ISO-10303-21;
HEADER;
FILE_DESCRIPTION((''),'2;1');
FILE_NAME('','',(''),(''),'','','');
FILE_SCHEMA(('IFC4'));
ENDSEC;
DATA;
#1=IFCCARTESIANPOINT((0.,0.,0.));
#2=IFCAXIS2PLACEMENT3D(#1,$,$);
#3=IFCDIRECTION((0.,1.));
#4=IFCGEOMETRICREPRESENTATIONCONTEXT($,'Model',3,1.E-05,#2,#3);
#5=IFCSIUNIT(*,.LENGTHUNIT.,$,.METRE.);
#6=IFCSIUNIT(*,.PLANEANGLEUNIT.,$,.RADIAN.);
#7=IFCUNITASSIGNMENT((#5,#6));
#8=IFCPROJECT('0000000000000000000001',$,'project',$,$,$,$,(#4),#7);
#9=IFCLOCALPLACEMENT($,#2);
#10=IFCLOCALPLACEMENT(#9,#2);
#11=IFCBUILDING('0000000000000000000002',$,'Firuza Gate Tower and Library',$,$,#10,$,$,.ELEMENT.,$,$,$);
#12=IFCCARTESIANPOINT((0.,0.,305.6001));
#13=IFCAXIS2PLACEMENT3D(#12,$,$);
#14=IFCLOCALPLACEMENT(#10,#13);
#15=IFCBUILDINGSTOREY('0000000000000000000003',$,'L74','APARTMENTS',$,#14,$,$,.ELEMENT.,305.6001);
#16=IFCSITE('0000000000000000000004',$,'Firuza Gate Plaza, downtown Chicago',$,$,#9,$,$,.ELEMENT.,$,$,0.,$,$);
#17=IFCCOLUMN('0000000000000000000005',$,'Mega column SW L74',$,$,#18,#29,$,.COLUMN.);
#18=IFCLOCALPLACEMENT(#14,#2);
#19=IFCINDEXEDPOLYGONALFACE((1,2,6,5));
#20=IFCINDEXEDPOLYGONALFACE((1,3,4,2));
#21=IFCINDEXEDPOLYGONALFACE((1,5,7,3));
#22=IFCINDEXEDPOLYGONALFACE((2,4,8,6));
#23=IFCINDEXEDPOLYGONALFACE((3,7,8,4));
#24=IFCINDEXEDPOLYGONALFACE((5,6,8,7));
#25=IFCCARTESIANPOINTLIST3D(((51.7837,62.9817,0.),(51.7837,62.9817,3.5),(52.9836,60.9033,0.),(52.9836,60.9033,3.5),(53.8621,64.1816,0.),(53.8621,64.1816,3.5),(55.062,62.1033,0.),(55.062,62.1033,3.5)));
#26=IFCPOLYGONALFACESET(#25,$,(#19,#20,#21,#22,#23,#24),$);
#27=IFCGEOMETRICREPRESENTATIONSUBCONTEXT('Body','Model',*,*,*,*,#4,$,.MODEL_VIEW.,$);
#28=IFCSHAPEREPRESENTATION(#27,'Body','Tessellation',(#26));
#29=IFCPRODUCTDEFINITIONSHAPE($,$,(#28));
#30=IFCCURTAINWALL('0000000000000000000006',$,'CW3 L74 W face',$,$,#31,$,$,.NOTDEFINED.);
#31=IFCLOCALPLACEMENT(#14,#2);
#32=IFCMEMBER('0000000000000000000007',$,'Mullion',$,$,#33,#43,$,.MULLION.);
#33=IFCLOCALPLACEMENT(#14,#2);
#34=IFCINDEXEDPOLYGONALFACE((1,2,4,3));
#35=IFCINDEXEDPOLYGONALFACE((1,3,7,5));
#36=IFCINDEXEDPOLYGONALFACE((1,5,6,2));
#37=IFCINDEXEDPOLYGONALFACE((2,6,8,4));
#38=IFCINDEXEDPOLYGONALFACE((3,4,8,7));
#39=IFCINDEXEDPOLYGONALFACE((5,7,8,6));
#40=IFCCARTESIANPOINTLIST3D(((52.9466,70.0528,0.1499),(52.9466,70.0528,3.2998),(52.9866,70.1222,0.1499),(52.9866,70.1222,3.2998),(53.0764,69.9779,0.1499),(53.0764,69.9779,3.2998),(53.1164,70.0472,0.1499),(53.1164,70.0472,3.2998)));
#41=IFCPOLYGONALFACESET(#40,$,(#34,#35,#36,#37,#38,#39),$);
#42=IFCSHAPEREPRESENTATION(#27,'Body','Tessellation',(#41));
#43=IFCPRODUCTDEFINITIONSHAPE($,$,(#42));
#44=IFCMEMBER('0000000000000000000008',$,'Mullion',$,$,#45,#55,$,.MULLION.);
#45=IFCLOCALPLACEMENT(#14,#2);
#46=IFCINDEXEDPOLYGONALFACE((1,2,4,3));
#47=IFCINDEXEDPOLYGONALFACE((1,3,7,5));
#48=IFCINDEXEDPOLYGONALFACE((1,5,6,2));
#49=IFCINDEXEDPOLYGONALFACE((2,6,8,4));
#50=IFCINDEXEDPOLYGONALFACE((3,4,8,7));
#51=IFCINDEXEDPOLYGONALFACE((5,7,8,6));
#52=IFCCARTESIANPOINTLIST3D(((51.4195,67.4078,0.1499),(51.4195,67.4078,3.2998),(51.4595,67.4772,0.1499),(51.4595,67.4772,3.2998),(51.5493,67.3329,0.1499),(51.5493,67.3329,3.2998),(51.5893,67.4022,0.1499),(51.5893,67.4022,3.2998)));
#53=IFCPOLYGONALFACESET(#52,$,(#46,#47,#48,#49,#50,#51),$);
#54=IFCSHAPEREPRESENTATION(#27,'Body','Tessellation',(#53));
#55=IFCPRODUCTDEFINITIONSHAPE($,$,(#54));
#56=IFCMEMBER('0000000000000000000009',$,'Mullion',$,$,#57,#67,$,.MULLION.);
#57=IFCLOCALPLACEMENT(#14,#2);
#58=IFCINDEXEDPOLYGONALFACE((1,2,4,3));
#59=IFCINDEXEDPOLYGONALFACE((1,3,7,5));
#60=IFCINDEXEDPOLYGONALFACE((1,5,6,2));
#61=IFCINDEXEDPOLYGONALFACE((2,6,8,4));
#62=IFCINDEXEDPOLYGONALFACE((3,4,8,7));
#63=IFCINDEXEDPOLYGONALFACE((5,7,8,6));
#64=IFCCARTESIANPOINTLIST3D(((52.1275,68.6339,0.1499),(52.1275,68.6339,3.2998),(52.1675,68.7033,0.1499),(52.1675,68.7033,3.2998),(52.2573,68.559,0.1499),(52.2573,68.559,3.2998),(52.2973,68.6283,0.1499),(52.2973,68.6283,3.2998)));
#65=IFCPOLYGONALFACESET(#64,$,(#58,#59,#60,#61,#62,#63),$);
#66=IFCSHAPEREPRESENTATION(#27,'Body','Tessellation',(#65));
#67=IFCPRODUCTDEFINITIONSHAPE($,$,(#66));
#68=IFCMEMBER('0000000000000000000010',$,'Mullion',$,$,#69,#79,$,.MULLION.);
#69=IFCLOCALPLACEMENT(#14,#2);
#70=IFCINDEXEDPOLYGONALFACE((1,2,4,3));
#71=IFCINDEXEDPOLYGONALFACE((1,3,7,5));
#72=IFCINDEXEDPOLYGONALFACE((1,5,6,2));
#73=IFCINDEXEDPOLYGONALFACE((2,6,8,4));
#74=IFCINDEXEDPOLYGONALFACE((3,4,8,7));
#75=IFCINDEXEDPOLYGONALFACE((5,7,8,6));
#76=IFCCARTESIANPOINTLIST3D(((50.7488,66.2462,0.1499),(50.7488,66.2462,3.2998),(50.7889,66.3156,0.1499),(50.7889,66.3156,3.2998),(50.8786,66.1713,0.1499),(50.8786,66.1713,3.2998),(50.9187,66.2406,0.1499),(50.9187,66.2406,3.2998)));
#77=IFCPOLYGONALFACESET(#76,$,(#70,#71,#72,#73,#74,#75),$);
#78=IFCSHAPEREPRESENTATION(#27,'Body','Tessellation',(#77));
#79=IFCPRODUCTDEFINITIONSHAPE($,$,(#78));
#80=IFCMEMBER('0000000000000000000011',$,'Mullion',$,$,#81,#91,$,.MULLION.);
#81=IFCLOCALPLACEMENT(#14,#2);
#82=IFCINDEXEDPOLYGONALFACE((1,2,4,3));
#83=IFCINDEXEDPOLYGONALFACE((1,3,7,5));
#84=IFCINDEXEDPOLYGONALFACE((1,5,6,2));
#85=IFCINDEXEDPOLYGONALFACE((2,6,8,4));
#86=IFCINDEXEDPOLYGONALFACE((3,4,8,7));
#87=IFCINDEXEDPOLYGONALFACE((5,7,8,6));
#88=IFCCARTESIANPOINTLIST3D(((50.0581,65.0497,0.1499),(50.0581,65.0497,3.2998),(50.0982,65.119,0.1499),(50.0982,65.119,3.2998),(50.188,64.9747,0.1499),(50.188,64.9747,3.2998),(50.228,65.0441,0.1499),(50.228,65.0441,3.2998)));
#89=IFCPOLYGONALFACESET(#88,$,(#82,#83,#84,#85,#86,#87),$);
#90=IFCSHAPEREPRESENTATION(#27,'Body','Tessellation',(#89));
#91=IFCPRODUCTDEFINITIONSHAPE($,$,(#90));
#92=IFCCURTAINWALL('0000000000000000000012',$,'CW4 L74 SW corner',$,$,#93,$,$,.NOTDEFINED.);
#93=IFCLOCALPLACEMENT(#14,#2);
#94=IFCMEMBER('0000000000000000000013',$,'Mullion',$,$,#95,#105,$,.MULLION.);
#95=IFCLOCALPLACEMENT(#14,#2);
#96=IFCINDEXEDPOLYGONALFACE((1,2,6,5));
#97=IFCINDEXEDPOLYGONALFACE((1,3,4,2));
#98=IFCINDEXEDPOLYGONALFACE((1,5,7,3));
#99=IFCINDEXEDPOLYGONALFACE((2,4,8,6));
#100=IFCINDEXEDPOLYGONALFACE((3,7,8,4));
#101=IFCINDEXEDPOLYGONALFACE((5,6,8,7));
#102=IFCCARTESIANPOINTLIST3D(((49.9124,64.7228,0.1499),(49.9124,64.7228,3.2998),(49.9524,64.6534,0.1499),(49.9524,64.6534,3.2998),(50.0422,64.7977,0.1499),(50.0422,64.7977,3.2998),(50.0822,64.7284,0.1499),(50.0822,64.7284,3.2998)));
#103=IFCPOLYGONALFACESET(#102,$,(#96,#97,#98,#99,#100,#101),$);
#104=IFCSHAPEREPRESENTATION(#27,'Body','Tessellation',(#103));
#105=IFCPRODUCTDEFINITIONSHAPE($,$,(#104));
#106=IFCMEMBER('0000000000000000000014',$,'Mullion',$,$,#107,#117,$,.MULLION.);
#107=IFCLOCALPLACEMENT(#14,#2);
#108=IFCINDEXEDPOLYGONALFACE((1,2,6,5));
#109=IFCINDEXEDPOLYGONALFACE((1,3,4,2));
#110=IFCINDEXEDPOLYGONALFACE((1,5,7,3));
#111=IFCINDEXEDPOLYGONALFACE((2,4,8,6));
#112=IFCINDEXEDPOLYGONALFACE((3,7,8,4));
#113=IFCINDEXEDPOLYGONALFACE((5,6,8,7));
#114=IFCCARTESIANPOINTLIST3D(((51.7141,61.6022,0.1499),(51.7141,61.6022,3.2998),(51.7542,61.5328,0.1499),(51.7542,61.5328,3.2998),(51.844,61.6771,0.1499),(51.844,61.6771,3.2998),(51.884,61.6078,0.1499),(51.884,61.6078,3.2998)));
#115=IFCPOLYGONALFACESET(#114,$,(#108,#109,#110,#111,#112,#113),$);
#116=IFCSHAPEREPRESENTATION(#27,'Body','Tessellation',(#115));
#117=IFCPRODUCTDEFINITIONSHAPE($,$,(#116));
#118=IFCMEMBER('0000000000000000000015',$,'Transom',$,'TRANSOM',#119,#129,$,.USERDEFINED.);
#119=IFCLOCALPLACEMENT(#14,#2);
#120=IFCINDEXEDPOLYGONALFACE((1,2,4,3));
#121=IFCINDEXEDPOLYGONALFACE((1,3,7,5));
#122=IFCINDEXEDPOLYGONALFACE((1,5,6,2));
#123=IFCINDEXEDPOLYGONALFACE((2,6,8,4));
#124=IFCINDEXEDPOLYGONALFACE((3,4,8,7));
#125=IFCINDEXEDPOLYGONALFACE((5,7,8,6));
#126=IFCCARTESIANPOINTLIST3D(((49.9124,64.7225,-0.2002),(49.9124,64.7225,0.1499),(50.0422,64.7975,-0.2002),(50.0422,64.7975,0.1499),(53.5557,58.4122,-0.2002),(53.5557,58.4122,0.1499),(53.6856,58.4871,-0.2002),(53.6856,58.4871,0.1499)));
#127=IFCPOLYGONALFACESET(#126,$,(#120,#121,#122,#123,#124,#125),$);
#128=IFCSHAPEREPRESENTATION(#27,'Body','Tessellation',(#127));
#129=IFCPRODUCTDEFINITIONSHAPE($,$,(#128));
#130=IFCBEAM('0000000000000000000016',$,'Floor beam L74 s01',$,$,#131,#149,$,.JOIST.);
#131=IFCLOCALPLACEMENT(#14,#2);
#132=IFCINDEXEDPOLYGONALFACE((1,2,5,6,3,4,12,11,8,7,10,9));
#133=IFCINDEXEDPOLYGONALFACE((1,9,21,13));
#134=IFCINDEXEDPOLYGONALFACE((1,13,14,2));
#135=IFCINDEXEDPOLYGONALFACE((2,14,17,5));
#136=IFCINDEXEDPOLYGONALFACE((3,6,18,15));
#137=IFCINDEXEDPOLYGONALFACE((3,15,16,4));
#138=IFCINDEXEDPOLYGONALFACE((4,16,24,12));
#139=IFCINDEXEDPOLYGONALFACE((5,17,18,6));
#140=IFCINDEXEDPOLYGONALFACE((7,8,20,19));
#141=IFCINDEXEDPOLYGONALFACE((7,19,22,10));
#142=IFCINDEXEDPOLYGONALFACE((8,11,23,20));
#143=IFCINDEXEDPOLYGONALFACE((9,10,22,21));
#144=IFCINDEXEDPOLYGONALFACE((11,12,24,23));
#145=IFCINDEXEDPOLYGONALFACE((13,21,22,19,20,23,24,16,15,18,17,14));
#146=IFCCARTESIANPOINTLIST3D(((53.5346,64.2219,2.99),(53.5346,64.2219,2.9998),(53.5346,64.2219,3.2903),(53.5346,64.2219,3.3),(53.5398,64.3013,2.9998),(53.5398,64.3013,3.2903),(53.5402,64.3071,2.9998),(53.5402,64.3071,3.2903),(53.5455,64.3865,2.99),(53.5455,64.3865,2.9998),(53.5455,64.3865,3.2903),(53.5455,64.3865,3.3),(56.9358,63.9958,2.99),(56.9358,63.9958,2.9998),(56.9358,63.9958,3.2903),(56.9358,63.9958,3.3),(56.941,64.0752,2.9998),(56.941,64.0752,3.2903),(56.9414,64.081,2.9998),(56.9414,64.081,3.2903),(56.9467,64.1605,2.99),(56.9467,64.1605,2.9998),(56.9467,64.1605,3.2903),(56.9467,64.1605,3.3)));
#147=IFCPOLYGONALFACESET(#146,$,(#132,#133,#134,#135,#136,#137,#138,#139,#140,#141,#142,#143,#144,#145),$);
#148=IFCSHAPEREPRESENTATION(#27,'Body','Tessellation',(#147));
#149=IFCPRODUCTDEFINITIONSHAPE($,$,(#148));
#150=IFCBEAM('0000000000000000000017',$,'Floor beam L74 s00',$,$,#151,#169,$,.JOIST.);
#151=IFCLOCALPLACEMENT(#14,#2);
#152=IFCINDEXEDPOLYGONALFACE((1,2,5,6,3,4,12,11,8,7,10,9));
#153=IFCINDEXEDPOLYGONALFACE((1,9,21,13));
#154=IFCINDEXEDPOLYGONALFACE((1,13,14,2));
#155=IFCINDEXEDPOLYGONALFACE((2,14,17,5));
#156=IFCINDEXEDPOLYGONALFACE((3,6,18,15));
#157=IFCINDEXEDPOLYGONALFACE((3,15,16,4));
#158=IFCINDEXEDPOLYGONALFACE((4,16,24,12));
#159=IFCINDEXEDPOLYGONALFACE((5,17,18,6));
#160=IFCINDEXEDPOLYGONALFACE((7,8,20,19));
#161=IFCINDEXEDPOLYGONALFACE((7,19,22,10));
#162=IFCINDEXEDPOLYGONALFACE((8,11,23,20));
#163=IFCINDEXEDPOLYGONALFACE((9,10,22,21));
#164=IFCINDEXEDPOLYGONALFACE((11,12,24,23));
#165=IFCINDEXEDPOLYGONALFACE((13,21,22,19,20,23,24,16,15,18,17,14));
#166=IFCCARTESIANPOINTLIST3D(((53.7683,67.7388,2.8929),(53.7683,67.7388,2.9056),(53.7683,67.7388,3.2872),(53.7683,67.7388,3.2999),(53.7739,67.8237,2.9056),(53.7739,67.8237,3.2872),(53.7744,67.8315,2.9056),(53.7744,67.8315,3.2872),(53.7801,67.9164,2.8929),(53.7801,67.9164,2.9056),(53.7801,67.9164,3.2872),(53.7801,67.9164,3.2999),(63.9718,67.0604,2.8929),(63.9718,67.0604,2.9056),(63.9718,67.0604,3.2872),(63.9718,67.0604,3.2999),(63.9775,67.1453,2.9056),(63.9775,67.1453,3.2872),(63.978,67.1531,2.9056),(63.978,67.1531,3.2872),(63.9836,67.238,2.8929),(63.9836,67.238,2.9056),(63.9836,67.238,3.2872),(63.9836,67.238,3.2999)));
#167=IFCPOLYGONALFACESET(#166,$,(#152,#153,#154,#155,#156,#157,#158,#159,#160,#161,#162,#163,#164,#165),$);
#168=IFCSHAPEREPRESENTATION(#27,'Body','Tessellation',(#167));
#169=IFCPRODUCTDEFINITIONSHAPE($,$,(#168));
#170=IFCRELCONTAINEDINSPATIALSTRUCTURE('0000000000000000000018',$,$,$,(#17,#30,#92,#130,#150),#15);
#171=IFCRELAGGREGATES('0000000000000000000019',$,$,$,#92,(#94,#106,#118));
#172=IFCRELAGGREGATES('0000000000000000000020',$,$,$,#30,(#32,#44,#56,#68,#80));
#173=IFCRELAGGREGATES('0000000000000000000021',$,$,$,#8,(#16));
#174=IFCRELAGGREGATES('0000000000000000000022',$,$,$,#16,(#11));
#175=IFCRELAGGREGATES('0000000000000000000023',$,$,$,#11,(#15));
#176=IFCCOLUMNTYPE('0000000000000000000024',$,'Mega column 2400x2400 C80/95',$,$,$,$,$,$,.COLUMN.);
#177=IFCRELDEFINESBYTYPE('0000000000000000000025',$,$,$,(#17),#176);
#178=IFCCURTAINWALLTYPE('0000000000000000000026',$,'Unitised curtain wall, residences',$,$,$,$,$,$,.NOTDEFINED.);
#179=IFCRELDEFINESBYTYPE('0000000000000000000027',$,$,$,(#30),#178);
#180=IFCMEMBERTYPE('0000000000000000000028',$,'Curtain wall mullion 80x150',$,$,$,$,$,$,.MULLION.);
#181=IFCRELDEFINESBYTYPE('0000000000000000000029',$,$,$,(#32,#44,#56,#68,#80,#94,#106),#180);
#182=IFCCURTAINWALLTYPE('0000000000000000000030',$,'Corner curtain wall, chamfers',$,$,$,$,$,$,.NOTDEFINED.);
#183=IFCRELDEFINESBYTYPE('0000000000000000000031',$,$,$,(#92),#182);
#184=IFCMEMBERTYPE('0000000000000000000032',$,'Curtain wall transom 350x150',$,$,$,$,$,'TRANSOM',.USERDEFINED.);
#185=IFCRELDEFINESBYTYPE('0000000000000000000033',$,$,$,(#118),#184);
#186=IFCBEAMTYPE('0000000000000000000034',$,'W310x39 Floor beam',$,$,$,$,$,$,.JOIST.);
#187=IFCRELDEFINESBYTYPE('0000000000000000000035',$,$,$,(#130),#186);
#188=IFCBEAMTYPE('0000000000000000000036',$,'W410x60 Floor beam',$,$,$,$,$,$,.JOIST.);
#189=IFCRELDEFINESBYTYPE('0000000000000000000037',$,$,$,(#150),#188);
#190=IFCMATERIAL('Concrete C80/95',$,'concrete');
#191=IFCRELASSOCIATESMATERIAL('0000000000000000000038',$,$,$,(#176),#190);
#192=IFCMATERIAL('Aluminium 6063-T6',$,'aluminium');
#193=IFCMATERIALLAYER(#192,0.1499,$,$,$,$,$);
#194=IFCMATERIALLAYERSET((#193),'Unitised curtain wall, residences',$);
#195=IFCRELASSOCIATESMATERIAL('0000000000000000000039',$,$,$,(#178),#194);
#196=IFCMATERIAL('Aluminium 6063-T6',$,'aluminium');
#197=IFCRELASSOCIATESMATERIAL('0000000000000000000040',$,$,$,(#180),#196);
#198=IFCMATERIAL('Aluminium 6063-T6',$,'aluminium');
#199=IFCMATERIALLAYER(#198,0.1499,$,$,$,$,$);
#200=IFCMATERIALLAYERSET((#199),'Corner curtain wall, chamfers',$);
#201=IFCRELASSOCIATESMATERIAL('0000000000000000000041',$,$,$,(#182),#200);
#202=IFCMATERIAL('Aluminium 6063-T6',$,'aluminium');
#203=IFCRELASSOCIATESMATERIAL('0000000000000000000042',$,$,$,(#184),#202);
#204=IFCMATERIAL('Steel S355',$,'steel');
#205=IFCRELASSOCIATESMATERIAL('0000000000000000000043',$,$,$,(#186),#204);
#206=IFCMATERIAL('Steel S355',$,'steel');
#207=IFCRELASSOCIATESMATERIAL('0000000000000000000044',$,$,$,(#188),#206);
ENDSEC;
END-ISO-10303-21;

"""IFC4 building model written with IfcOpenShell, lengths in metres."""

from ifc_helpers import new_model, si_unit, direction, frame, origin, origin_2d, place, context, subcontext, project, spatial, rectangle, i_section, extrude, material, layer, layer_set, material_profile, profile_set, type_object, element, aggregate, save


model = new_model("IFC4")

# Units and contexts
model_context = context("Model", 3, precision=1e-05, world=origin(), true_north=direction((0.0, 1.0)))
body_context = subcontext(model_context, "Body", "Model", "MODEL_VIEW")
ifc_project = project(units=[si_unit("LENGTHUNIT", "METRE"), si_unit("PLANEANGLEUNIT", "RADIAN")], contexts=[model_context])

# Site, building, storey
site_placement = place(None, origin())
site = spatial("IfcSite", under=ifc_project, at=site_placement, Name="Firuza Gate Plaza, downtown Chicago", CompositionType="ELEMENT", RefElevation=0.0)
building_placement = place(site_placement, origin())
building = spatial("IfcBuilding", under=site, at=building_placement, Name="Firuza Gate Tower and Library", CompositionType="ELEMENT")
storey_placement = place(building_placement, frame((0.0, 0.0, 305.6001)))
storey = spatial("IfcBuildingStorey", under=building, at=storey_placement, Name="L74", Description="APARTMENTS", CompositionType="ELEMENT", Elevation=305.6001)

# Column
ifc_material_1 = material(Name="Concrete C80/95", Category="concrete")
ifc_material_profile_1 = material_profile(ifc_material_1, rectangle(XDim=2.3999, YDim=2.3999, at=origin_2d()))
ifc_profile_set_1 = profile_set([ifc_material_profile_1], Name="Concrete C80/95")
column_type = type_object("IfcColumnType", Name="Mega column 2400x2400 C80/95", PredefinedType="COLUMN", material=ifc_profile_set_1)
column_placement = place(storey_placement, frame((53.4229, 62.5425, 0.0), z_axis=(0.0, 0.0, 1.0), x_axis=(0.5, -0.866025, 0.0)))
element("IfcColumn", 1, at=column_placement, inside=storey, type_object=column_type, Name="Mega column SW L74", PredefinedType="COLUMN", context=body_context, shape_type="SweptSolid", body=[
    extrude(rectangle(XDim=2.3999, YDim=2.3999, at=origin_2d()), origin(), (0.0, 0.0, 1.0), 3.5),
])

# Curtain walls, members
ifc_material_2 = material(Name="Aluminium 6063-T6", Category="aluminium")
ifc_layer_1 = layer(ifc_material_2, 0.1499)
ifc_layer_set_1 = layer_set([ifc_layer_1], Name="Unitised curtain wall, residences")
curtain_wall_type_1 = type_object("IfcCurtainWallType", Name="Unitised curtain wall, residences", PredefinedType="NOTDEFINED", material=ifc_layer_set_1)
placement = place(storey_placement, origin())
curtain_wall_1 = element("IfcCurtainWall", 2, at=placement, inside=storey, type_object=curtain_wall_type_1, Name="CW3 L74 W face", PredefinedType="NOTDEFINED")
ifc_material_3 = material(Name="Aluminium 6063-T6", Category="aluminium")
ifc_material_profile_2 = material_profile(ifc_material_3, rectangle(XDim=0.1499, YDim=0.0801, at=origin_2d()))
ifc_profile_set_2 = profile_set([ifc_material_profile_2], Name="Aluminium 6063-T6")
member_type_1 = type_object("IfcMemberType", Name="Curtain wall mullion 80x150", PredefinedType="MULLION", material=ifc_profile_set_2)
member_1_placement = place(storey_placement, frame((53.0315, 70.05, 0.1499), z_axis=(0.0, 0.0, 1.0), x_axis=(0.866025, -0.5, 0.0)))
member_1 = element("IfcMember", 3, at=member_1_placement, type_object=member_type_1, Name="Mullion", PredefinedType="MULLION", context=body_context, shape_type="SweptSolid", body=[
    extrude(rectangle(XDim=0.1499, YDim=0.0801, at=origin_2d()), origin(), (0.0, 0.0, 1.0), 3.1499),
])
member_2_placement = place(storey_placement, frame((51.5044, 67.405, 0.1499), z_axis=(0.0, 0.0, 1.0), x_axis=(0.866025, -0.5, 0.0)))
member_2 = element("IfcMember", 4, at=member_2_placement, type_object=member_type_1, Name="Mullion", PredefinedType="MULLION", context=body_context, shape_type="SweptSolid", body=[
    extrude(rectangle(XDim=0.1499, YDim=0.0801, at=origin_2d()), origin(), (0.0, 0.0, 1.0), 3.1499),
])
member_3_placement = place(storey_placement, frame((52.2124, 68.6311, 0.1499), z_axis=(0.0, 0.0, 1.0), x_axis=(0.866025, -0.5, 0.0)))
member_3 = element("IfcMember", 5, at=member_3_placement, type_object=member_type_1, Name="Mullion", PredefinedType="MULLION", context=body_context, shape_type="SweptSolid", body=[
    extrude(rectangle(XDim=0.1499, YDim=0.0801, at=origin_2d()), origin(), (0.0, 0.0, 1.0), 3.1499),
])
member_4_placement = place(storey_placement, frame((50.8337, 66.2434, 0.1499), z_axis=(0.0, 0.0, 1.0), x_axis=(0.866025, -0.5, 0.0)))
member_4 = element("IfcMember", 6, at=member_4_placement, type_object=member_type_1, Name="Mullion", PredefinedType="MULLION", context=body_context, shape_type="SweptSolid", body=[
    extrude(rectangle(XDim=0.1499, YDim=0.0801, at=origin_2d()), origin(), (0.0, 0.0, 1.0), 3.1499),
])
member_5_placement = place(storey_placement, frame((50.1431, 65.0469, 0.1499), z_axis=(0.0, 0.0, 1.0), x_axis=(0.866025, -0.5, 0.0)))
member_5 = element("IfcMember", 7, at=member_5_placement, type_object=member_type_1, Name="Mullion", PredefinedType="MULLION", context=body_context, shape_type="SweptSolid", body=[
    extrude(rectangle(XDim=0.1499, YDim=0.0801, at=origin_2d()), origin(), (0.0, 0.0, 1.0), 3.1499),
])
ifc_material_4 = material(Name="Aluminium 6063-T6", Category="aluminium")
ifc_layer_2 = layer(ifc_material_4, 0.1499)
ifc_layer_set_2 = layer_set([ifc_layer_2], Name="Corner curtain wall, chamfers")
curtain_wall_type_2 = type_object("IfcCurtainWallType", Name="Corner curtain wall, chamfers", PredefinedType="NOTDEFINED", material=ifc_layer_set_2)
curtain_wall_2 = element("IfcCurtainWall", 8, at=placement, inside=storey, type_object=curtain_wall_type_2, Name="CW4 L74 SW corner", PredefinedType="NOTDEFINED")
member_6_placement = place(storey_placement, frame((49.9973, 64.7256, 0.1499), z_axis=(0.0, 0.0, 1.0), x_axis=(0.866025, 0.5, 0.0)))
member_6 = element("IfcMember", 9, at=member_6_placement, type_object=member_type_1, Name="Mullion", PredefinedType="MULLION", context=body_context, shape_type="SweptSolid", body=[
    extrude(rectangle(XDim=0.1499, YDim=0.0801, at=origin_2d()), origin(), (0.0, 0.0, 1.0), 3.1499),
])
member_7_placement = place(storey_placement, frame((51.7991, 61.605, 0.1499), z_axis=(0.0, 0.0, 1.0), x_axis=(0.866025, 0.5, 0.0)))
member_7 = element("IfcMember", 10, at=member_7_placement, type_object=member_type_1, Name="Mullion", PredefinedType="MULLION", context=body_context, shape_type="SweptSolid", body=[
    extrude(rectangle(XDim=0.1499, YDim=0.0801, at=origin_2d()), origin(), (0.0, 0.0, 1.0), 3.1499),
])
ifc_material_5 = material(Name="Aluminium 6063-T6", Category="aluminium")
ifc_material_profile_3 = material_profile(ifc_material_5, rectangle(XDim=0.1499, YDim=0.3501, at=origin_2d()))
ifc_profile_set_3 = profile_set([ifc_material_profile_3], Name="Aluminium 6063-T6")
member_type_2 = type_object("IfcMemberType", Name="Curtain wall transom 350x150", ElementType="TRANSOM", PredefinedType="USERDEFINED", material=ifc_profile_set_3)
member_8_placement = place(storey_placement, frame((49.9773, 64.76, -0.0251), z_axis=(0.500006, -0.866022, 0.0), x_axis=(0.866022, 0.500006, 0.0)))
member_8 = element("IfcMember", 11, at=member_8_placement, type_object=member_type_2, Name="Transom", ObjectType="TRANSOM", PredefinedType="USERDEFINED", context=body_context, shape_type="SweptSolid", body=[
    extrude(rectangle(XDim=0.1499, YDim=0.3501, at=origin_2d()), origin(), (0.0, 0.0, 1.0), 7.2866),
])

# Beams
ifc_material_6 = material(Name="Steel S355", Category="steel")
ifc_material_profile_4 = material_profile(ifc_material_6, i_section(OverallWidth=0.165, OverallDepth=0.3101, WebThickness=0.0059, FlangeThickness=0.0098, at=origin_2d()))
ifc_profile_set_4 = profile_set([ifc_material_profile_4], Name="Steel S355")
beam_type_1 = type_object("IfcBeamType", Name="W310x39 Floor beam", PredefinedType="JOIST", material=ifc_profile_set_4)
beam_1_placement = place(storey_placement, frame((53.54, 64.3042, 3.145), z_axis=(0.997798, -0.066324, 0.0), x_axis=(0.066324, 0.997798, 0.0)))
element("IfcBeam", 12, at=beam_1_placement, inside=storey, type_object=beam_type_1, Name="Floor beam L74 s01", PredefinedType="JOIST", context=body_context, shape_type="SweptSolid", body=[
    extrude(i_section(OverallWidth=0.165, OverallDepth=0.3101, WebThickness=0.0059, FlangeThickness=0.0098, at=origin_2d()), origin(), (0.0, 0.0, 1.0), 3.4087),
])
ifc_material_7 = material(Name="Steel S355", Category="steel")
ifc_material_profile_5 = material_profile(ifc_material_7, i_section(OverallWidth=0.178, OverallDepth=0.407, WebThickness=0.0078, FlangeThickness=0.0127, at=origin_2d()))
ifc_profile_set_5 = profile_set([ifc_material_profile_5], Name="Steel S355")
beam_type_2 = type_object("IfcBeamType", Name="W410x60 Floor beam", PredefinedType="JOIST", material=ifc_profile_set_5)
beam_2_placement = place(storey_placement, frame((53.7742, 67.8276, 3.0964), z_axis=(0.997797, -0.066346, 0.0), x_axis=(0.066346, 0.997797, 0.0)))
element("IfcBeam", 13, at=beam_2_placement, inside=storey, type_object=beam_type_2, Name="Floor beam L74 s00", PredefinedType="JOIST", context=body_context, shape_type="SweptSolid", body=[
    extrude(i_section(OverallWidth=0.178, OverallDepth=0.407, WebThickness=0.0078, FlangeThickness=0.0127, at=origin_2d()), origin(), (0.0, 0.0, 1.0), 10.2261),
])

aggregate(curtain_wall_2, [member_6, member_7, member_8])
aggregate(curtain_wall_1, [member_1, member_2, member_3, member_4, member_5])

save(model, "model.ifc")
